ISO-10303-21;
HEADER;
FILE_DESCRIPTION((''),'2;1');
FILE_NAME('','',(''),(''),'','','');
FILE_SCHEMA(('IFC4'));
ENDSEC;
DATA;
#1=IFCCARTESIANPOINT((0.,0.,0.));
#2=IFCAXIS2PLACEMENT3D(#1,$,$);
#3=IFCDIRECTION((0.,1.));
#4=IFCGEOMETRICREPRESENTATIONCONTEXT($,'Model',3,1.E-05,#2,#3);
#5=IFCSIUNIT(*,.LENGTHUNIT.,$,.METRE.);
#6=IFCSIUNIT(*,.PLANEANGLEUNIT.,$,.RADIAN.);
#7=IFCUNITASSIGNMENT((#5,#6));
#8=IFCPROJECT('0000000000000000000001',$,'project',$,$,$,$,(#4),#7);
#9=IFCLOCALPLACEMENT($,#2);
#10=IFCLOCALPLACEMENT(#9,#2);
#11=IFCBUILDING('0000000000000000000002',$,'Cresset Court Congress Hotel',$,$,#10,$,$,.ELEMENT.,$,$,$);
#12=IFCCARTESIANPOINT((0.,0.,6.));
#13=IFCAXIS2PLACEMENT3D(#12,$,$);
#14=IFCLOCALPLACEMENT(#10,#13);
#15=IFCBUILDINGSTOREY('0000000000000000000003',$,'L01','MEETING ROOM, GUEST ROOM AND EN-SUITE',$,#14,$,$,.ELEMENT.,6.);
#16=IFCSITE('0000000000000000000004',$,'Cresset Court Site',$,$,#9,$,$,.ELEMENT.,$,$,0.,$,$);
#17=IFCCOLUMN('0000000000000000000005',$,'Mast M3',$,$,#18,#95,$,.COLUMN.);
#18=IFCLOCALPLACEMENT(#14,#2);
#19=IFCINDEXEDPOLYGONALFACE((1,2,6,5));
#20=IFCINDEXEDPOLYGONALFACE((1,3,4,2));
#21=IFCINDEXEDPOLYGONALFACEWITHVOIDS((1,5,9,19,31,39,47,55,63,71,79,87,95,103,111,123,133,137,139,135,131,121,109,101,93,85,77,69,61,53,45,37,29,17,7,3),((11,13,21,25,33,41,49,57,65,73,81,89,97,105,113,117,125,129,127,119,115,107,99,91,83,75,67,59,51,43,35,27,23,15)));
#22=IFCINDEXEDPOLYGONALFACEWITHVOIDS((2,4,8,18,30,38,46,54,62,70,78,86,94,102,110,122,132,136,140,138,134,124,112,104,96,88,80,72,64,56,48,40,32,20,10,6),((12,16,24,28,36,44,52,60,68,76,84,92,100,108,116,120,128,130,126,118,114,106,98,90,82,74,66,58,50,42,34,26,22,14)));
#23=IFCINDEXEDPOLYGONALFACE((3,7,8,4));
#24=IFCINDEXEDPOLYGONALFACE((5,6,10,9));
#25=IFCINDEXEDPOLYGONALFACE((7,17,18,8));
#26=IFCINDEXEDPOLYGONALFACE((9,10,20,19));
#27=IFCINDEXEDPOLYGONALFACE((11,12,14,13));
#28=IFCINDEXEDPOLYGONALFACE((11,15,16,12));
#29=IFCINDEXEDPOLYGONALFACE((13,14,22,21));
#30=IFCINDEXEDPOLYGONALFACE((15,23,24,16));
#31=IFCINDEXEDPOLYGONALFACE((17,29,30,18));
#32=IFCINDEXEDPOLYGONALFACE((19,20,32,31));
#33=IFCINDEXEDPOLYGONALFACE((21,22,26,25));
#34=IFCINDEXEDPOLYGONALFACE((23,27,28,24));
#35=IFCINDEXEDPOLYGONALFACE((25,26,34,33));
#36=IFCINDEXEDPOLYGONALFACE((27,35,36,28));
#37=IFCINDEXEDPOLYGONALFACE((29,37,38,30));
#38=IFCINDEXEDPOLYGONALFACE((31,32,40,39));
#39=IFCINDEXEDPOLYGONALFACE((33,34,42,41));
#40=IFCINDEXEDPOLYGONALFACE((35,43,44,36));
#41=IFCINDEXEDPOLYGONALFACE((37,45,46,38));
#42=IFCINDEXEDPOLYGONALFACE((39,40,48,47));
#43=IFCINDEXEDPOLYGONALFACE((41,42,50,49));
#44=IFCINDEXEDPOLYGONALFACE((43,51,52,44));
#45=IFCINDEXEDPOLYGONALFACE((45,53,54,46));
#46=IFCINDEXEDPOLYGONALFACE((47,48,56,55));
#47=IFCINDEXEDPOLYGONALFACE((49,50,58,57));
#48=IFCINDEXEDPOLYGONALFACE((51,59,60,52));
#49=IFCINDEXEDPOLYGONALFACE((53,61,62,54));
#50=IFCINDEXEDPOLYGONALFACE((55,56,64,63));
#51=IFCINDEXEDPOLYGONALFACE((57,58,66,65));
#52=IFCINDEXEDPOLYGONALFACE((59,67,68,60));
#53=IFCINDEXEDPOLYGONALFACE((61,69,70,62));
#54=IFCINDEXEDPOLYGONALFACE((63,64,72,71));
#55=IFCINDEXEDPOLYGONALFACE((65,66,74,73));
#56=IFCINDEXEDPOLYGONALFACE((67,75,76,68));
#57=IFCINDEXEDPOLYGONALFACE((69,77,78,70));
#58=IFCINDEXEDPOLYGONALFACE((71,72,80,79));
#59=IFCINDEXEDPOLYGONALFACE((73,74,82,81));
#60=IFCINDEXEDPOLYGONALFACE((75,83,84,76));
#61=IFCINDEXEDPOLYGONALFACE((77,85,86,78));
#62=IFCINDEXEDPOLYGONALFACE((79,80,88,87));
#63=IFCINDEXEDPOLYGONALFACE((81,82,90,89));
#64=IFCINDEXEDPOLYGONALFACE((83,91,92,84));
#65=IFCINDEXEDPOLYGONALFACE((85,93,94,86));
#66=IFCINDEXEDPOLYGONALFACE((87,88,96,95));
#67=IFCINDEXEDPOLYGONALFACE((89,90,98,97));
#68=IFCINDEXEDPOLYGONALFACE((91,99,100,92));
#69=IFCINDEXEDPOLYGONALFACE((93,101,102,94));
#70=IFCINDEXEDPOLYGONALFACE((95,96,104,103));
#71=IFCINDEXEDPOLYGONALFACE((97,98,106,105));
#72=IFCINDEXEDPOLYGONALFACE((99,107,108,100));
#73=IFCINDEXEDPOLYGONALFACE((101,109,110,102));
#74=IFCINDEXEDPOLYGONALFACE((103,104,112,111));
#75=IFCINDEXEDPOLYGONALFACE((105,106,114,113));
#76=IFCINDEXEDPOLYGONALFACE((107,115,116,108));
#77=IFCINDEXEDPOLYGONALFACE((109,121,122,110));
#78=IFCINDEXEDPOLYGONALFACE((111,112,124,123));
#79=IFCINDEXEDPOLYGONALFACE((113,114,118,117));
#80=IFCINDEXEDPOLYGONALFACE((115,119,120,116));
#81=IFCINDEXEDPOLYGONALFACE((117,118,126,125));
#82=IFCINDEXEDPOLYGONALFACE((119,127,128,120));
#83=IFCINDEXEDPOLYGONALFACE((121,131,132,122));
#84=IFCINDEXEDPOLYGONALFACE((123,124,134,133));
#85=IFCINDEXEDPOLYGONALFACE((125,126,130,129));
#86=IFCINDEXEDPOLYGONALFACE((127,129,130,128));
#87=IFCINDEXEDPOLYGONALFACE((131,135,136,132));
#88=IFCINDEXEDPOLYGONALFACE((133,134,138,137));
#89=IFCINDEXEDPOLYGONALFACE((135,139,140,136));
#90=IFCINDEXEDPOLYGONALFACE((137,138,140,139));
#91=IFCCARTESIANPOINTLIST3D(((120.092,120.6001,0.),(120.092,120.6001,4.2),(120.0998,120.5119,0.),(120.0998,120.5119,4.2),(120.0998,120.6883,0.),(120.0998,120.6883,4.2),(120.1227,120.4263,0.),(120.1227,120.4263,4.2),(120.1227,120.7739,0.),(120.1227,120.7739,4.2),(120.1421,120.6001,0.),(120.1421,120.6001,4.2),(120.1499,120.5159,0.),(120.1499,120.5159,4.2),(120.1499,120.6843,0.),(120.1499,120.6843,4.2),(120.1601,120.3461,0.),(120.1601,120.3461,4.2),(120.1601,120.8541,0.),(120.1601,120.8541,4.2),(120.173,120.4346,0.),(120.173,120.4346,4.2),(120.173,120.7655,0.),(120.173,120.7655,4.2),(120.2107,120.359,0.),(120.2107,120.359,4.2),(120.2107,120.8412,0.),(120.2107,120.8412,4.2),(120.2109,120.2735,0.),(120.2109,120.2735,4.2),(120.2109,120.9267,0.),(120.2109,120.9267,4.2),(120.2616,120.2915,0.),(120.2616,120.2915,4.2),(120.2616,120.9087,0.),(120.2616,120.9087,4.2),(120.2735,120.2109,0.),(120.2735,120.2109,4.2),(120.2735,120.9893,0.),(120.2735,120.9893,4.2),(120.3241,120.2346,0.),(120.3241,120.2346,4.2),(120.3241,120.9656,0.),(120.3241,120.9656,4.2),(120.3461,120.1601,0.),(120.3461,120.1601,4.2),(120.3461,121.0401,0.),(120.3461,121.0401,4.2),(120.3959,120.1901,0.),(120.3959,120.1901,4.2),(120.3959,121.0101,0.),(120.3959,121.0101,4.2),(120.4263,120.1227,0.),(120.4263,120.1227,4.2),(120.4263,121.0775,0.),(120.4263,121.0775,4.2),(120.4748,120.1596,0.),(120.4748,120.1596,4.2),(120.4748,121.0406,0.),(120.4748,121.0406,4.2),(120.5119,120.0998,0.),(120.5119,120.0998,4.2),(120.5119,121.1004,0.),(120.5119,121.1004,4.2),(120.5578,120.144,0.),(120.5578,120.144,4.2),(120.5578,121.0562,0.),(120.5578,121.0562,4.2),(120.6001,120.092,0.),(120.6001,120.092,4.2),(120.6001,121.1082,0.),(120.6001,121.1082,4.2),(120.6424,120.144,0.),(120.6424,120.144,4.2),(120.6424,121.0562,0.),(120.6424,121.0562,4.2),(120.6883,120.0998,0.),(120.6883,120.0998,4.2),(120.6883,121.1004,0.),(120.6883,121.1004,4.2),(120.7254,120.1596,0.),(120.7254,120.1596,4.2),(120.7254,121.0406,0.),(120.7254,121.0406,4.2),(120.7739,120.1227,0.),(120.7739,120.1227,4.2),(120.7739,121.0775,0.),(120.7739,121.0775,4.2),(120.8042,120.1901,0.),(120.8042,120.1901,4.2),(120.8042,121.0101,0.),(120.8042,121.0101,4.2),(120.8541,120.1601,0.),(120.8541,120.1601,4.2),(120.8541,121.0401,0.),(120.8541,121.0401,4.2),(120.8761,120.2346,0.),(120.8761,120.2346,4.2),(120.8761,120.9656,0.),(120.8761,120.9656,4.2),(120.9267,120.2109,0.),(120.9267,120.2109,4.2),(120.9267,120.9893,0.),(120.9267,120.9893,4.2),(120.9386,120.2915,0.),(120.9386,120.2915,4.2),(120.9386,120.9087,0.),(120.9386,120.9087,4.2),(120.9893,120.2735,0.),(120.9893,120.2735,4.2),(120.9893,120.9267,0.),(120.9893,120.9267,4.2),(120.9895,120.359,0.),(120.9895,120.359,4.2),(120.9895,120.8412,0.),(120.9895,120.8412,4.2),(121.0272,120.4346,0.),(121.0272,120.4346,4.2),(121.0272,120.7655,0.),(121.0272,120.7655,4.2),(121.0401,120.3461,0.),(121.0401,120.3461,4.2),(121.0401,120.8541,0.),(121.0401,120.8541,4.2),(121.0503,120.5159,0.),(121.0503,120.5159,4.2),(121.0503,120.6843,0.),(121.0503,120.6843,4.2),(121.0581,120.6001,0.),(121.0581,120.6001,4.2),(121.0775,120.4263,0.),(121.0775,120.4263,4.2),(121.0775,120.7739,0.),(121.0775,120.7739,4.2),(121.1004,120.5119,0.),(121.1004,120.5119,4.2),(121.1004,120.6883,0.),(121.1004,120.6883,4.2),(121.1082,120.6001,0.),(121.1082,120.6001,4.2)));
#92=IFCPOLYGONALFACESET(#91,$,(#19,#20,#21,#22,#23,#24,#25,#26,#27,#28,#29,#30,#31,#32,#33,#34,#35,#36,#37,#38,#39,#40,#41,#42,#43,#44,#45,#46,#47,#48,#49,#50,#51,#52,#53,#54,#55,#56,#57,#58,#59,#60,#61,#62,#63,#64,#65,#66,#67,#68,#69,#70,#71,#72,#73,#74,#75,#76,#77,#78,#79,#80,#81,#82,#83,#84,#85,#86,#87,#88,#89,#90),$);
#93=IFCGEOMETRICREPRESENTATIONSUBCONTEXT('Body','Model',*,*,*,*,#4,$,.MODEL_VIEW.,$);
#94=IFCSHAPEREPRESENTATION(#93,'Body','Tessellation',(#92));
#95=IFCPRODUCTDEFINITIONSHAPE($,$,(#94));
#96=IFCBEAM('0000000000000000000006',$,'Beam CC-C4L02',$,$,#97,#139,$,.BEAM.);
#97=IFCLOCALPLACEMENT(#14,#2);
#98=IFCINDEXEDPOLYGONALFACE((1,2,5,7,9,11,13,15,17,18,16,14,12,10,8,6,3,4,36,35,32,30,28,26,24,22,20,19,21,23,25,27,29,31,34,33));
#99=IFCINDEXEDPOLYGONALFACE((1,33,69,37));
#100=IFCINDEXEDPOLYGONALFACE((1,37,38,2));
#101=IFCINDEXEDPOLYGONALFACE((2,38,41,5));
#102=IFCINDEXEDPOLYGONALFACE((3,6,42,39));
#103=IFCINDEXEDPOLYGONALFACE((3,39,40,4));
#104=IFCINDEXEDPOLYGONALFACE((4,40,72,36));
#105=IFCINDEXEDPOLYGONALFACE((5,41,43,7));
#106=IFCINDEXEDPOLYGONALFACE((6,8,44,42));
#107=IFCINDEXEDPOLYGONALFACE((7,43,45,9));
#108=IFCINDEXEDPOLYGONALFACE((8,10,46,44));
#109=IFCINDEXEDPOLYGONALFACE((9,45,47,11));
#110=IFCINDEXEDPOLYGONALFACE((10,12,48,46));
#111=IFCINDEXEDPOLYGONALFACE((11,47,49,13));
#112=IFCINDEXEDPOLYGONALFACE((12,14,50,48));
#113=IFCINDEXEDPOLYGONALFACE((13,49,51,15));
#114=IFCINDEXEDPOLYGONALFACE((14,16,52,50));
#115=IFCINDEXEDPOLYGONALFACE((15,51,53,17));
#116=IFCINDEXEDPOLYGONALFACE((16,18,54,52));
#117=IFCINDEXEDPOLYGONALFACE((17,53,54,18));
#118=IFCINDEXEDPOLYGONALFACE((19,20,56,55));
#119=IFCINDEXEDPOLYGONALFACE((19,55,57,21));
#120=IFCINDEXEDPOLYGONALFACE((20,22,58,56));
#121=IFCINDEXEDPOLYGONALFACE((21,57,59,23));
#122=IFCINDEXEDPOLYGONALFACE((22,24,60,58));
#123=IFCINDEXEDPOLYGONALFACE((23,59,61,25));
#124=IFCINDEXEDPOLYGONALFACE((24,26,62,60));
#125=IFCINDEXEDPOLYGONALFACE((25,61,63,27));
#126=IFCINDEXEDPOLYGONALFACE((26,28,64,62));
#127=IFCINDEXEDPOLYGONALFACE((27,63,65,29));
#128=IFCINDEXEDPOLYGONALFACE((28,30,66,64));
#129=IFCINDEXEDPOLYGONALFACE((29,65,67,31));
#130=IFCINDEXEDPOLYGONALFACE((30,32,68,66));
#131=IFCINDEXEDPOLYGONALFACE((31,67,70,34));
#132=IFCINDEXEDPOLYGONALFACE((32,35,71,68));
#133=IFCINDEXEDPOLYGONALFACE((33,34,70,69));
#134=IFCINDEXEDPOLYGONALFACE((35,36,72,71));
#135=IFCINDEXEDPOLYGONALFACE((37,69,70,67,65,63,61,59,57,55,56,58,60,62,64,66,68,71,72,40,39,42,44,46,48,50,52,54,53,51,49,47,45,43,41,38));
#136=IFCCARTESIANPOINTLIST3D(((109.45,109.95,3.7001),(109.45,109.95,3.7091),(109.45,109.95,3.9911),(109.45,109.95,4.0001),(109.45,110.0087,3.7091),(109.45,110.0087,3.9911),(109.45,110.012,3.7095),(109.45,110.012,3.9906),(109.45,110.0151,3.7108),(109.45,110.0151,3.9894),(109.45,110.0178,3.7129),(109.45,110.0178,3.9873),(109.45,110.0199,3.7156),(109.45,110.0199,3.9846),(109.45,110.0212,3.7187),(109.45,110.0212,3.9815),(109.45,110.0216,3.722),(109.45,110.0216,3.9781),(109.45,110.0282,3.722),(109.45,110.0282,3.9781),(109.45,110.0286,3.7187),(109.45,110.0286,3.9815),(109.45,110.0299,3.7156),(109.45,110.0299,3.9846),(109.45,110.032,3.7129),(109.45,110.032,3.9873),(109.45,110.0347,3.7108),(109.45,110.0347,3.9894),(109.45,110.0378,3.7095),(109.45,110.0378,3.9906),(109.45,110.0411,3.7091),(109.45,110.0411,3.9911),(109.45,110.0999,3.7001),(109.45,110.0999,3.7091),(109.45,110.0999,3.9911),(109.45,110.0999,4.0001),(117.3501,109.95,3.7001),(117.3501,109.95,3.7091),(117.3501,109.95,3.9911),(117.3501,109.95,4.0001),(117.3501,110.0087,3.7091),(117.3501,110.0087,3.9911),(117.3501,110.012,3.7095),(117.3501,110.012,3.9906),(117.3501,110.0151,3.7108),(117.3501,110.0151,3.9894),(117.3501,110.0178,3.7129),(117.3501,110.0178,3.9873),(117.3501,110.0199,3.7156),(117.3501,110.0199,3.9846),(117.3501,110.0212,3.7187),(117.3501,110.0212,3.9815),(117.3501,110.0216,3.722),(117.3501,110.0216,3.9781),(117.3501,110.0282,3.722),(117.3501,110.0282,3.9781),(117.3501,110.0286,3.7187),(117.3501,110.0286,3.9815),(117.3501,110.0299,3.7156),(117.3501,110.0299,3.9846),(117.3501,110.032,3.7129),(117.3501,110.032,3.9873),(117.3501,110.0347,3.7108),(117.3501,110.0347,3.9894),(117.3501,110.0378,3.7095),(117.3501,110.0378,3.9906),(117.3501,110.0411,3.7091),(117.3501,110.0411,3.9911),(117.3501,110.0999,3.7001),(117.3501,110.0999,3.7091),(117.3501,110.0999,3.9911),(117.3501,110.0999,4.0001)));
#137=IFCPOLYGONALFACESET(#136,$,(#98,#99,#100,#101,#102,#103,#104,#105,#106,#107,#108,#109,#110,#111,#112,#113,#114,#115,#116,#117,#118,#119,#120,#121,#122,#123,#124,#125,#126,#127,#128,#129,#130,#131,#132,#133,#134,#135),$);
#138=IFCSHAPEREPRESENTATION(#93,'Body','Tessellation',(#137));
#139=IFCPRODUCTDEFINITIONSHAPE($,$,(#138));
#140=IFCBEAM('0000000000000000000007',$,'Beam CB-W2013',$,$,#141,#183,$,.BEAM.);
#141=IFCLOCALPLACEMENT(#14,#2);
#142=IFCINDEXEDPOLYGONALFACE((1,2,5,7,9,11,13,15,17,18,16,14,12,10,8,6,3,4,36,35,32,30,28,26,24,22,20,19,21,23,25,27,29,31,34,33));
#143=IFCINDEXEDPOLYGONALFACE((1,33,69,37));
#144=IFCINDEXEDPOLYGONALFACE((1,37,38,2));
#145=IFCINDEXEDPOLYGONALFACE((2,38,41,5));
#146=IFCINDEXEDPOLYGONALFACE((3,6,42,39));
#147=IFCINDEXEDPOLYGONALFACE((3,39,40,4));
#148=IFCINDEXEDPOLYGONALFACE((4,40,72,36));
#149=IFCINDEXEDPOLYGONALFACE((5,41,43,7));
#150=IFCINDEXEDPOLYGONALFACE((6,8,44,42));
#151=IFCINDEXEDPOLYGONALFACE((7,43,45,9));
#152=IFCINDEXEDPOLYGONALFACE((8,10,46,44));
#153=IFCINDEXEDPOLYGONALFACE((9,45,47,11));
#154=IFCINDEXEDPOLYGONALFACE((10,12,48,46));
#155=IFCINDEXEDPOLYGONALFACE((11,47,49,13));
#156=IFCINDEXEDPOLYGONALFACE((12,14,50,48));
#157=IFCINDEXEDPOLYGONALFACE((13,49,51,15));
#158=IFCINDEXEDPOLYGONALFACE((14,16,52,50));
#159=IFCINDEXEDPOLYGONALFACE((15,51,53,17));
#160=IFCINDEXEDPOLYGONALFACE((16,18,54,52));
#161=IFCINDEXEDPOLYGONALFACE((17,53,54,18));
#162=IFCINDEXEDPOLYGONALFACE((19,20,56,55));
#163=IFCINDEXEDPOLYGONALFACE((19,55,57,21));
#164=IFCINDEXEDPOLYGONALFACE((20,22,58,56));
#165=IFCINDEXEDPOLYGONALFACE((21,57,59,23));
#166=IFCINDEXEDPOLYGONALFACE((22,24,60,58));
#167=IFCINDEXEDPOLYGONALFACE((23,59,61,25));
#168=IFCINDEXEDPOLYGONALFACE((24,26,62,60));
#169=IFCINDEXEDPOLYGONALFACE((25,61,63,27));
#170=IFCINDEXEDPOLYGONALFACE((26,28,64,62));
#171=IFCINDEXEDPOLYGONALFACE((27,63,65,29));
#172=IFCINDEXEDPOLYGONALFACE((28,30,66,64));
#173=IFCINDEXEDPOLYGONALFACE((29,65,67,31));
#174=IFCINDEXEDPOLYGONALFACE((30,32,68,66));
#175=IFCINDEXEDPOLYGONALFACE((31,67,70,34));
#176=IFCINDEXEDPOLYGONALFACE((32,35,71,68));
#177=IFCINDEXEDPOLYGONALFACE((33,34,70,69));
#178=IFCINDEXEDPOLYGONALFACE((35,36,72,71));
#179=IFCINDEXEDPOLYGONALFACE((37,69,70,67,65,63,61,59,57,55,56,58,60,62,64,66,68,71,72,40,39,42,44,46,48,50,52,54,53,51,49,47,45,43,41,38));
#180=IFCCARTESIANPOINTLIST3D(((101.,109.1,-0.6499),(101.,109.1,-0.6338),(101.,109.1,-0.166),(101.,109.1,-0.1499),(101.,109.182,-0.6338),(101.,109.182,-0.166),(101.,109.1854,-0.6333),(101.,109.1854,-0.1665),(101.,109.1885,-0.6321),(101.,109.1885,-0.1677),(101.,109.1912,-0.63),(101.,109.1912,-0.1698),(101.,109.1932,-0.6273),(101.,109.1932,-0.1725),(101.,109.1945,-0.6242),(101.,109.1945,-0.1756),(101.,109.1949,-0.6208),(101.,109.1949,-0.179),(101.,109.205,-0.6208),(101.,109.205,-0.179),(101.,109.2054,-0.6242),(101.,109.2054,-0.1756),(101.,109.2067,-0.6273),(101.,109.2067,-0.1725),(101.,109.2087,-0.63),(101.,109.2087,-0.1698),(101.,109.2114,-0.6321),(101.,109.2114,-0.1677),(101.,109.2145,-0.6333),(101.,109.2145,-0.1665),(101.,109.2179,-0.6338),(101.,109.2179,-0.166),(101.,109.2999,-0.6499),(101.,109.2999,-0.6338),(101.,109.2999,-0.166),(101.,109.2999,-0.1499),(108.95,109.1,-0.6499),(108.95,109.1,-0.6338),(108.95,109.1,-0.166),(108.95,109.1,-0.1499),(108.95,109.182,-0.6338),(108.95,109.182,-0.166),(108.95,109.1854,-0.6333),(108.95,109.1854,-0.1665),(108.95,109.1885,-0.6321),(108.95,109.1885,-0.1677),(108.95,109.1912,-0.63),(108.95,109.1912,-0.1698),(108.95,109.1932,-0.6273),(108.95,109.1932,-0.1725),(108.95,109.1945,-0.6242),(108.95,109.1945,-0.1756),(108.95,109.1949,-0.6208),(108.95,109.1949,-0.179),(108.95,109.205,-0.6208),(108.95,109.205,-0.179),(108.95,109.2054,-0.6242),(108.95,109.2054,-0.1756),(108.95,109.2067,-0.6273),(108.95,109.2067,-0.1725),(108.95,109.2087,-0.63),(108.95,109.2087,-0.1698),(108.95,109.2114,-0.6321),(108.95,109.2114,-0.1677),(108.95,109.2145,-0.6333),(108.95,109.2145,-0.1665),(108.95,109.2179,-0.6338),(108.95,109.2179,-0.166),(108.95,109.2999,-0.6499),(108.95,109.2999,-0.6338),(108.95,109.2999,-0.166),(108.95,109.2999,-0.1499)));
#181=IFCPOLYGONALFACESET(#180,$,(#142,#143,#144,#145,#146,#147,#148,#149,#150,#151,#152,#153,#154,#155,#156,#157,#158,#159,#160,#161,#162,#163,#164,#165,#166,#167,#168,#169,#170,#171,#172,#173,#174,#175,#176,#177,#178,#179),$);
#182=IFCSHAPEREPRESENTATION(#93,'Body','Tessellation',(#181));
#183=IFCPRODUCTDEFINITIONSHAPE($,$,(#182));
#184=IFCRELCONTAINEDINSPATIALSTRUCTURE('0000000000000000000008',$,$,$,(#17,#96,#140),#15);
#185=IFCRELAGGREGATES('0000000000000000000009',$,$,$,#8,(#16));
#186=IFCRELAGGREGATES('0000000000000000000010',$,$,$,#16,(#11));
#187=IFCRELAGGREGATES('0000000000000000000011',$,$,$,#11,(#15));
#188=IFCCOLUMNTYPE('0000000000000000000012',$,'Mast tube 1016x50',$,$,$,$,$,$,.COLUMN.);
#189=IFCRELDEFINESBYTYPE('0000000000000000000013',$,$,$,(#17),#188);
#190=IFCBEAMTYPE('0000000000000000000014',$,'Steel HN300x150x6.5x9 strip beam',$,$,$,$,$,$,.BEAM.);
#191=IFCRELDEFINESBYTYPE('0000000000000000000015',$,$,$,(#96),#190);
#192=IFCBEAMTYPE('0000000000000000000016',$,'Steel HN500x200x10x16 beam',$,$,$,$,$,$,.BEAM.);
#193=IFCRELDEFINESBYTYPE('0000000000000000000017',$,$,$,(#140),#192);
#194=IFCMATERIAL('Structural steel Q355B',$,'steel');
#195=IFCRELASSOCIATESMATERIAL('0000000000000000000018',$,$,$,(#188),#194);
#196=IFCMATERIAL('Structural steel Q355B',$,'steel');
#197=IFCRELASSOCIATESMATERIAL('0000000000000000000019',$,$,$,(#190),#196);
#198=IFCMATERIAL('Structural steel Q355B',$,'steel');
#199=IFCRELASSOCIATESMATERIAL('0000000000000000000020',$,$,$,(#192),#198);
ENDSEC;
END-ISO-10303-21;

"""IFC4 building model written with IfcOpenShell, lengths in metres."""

from ifc_helpers import new_model, si_unit, direction, frame, origin, origin_2d, place, context, subcontext, project, spatial, hollow_circle, i_section, extrude, material, material_profile, profile_set, type_object, element, save


model = new_model("IFC4")

# Units and contexts
model_context = context("Model", 3, precision=1e-05, world=origin(), true_north=direction((0.0, 1.0)))
body_context = subcontext(model_context, "Body", "Model", "MODEL_VIEW")
ifc_project = project(units=[si_unit("LENGTHUNIT", "METRE"), si_unit("PLANEANGLEUNIT", "RADIAN")], contexts=[model_context])

# Site, building, storey
site_placement = place(None, origin())
site = spatial("IfcSite", under=ifc_project, at=site_placement, Name="Cresset Court Site", CompositionType="ELEMENT", RefElevation=0.0)
building_placement = place(site_placement, origin())
building = spatial("IfcBuilding", under=site, at=building_placement, Name="Cresset Court Congress Hotel", CompositionType="ELEMENT")
storey_placement = place(building_placement, frame((0.0, 0.0, 6.0)))
storey = spatial("IfcBuildingStorey", under=building, at=storey_placement, Name="L01", Description="MEETING ROOM, GUEST ROOM AND EN-SUITE", CompositionType="ELEMENT", Elevation=6.0)

# Column
ifc_material_1 = material(Name="Structural steel Q355B", Category="steel")
ifc_material_profile_1 = material_profile(ifc_material_1, hollow_circle(Radius=0.5081, WallThickness=0.05, at=origin_2d()), Name="CHS1016x50")
ifc_profile_set_1 = profile_set([ifc_material_profile_1], Name="Structural steel Q355B")
column_type = type_object("IfcColumnType", Name="Mast tube 1016x50", PredefinedType="COLUMN", material=ifc_profile_set_1)
column_placement = place(storey_placement, frame((120.6001, 120.6001, 0.0), z_axis=(0.0, 0.0, 1.0), x_axis=(1.0, 0.0, 0.0)))
element("IfcColumn", 1, at=column_placement, inside=storey, type_object=column_type, Name="Mast M3", PredefinedType="COLUMN", context=body_context, shape_type="SweptSolid", body=[
    extrude(hollow_circle(Radius=0.5081, WallThickness=0.05, at=origin_2d()), origin(), (0.0, 0.0, 1.0), 4.2),
])

# Beams
ifc_material_2 = material(Name="Structural steel Q355B", Category="steel")
ifc_material_profile_2 = material_profile(ifc_material_2, i_section(OverallWidth=0.1499, OverallDepth=0.3, WebThickness=0.0066, FlangeThickness=0.009, FilletRadius=0.0129, at=origin_2d()), Name="HN300x150x6.5x9")
ifc_profile_set_2 = profile_set([ifc_material_profile_2], Name="Structural steel Q355B")
beam_type_1 = type_object("IfcBeamType", Name="Steel HN300x150x6.5x9 strip beam", PredefinedType="BEAM", material=ifc_profile_set_2)
beam_placement = place(storey_placement, frame((109.45, 110.0249, 3.8501), z_axis=(1.0, 0.0, 0.0), x_axis=(0.0, 1.0, 0.0)))
element("IfcBeam", 2, at=beam_placement, inside=storey, type_object=beam_type_1, Name="Beam CC-C4L02", PredefinedType="BEAM", context=body_context, shape_type="SweptSolid", body=[
    extrude(i_section(OverallWidth=0.1499, OverallDepth=0.3, WebThickness=0.0066, FlangeThickness=0.009, FilletRadius=0.0129, at=origin_2d()), origin(), (0.0, 0.0, 1.0), 7.9001),
])
ifc_material_3 = material(Name="Structural steel Q355B", Category="steel")
ifc_material_profile_3 = material_profile(ifc_material_3, i_section(OverallWidth=0.2, OverallDepth=0.5, WebThickness=0.01, FlangeThickness=0.0161, FilletRadius=0.0129, at=origin_2d()), Name="HN500x200x10x16")
ifc_profile_set_3 = profile_set([ifc_material_profile_3], Name="Structural steel Q355B")
beam_type_2 = type_object("IfcBeamType", Name="Steel HN500x200x10x16 beam", PredefinedType="BEAM", material=ifc_profile_set_3)
for number, where, z_axis, x_axis, name in (
    (3, (101.0, 109.2, -0.3999), (1.0, 0.0, 0.0), (0.0, 1.0, 0.0), "Beam CB-W2013"),
):
    element("IfcBeam", number, at=place(storey_placement, frame(where, z_axis=z_axis, x_axis=x_axis)), inside=storey, type_object=beam_type_2, Name=name, PredefinedType="BEAM", context=body_context, shape_type="SweptSolid", body=[
        extrude(i_section(OverallWidth=0.2, OverallDepth=0.5, WebThickness=0.01, FlangeThickness=0.0161, FilletRadius=0.0129, at=origin_2d()), origin(), (0.0, 0.0, 1.0), 7.95),
    ])

save(model, "model.ifc")
